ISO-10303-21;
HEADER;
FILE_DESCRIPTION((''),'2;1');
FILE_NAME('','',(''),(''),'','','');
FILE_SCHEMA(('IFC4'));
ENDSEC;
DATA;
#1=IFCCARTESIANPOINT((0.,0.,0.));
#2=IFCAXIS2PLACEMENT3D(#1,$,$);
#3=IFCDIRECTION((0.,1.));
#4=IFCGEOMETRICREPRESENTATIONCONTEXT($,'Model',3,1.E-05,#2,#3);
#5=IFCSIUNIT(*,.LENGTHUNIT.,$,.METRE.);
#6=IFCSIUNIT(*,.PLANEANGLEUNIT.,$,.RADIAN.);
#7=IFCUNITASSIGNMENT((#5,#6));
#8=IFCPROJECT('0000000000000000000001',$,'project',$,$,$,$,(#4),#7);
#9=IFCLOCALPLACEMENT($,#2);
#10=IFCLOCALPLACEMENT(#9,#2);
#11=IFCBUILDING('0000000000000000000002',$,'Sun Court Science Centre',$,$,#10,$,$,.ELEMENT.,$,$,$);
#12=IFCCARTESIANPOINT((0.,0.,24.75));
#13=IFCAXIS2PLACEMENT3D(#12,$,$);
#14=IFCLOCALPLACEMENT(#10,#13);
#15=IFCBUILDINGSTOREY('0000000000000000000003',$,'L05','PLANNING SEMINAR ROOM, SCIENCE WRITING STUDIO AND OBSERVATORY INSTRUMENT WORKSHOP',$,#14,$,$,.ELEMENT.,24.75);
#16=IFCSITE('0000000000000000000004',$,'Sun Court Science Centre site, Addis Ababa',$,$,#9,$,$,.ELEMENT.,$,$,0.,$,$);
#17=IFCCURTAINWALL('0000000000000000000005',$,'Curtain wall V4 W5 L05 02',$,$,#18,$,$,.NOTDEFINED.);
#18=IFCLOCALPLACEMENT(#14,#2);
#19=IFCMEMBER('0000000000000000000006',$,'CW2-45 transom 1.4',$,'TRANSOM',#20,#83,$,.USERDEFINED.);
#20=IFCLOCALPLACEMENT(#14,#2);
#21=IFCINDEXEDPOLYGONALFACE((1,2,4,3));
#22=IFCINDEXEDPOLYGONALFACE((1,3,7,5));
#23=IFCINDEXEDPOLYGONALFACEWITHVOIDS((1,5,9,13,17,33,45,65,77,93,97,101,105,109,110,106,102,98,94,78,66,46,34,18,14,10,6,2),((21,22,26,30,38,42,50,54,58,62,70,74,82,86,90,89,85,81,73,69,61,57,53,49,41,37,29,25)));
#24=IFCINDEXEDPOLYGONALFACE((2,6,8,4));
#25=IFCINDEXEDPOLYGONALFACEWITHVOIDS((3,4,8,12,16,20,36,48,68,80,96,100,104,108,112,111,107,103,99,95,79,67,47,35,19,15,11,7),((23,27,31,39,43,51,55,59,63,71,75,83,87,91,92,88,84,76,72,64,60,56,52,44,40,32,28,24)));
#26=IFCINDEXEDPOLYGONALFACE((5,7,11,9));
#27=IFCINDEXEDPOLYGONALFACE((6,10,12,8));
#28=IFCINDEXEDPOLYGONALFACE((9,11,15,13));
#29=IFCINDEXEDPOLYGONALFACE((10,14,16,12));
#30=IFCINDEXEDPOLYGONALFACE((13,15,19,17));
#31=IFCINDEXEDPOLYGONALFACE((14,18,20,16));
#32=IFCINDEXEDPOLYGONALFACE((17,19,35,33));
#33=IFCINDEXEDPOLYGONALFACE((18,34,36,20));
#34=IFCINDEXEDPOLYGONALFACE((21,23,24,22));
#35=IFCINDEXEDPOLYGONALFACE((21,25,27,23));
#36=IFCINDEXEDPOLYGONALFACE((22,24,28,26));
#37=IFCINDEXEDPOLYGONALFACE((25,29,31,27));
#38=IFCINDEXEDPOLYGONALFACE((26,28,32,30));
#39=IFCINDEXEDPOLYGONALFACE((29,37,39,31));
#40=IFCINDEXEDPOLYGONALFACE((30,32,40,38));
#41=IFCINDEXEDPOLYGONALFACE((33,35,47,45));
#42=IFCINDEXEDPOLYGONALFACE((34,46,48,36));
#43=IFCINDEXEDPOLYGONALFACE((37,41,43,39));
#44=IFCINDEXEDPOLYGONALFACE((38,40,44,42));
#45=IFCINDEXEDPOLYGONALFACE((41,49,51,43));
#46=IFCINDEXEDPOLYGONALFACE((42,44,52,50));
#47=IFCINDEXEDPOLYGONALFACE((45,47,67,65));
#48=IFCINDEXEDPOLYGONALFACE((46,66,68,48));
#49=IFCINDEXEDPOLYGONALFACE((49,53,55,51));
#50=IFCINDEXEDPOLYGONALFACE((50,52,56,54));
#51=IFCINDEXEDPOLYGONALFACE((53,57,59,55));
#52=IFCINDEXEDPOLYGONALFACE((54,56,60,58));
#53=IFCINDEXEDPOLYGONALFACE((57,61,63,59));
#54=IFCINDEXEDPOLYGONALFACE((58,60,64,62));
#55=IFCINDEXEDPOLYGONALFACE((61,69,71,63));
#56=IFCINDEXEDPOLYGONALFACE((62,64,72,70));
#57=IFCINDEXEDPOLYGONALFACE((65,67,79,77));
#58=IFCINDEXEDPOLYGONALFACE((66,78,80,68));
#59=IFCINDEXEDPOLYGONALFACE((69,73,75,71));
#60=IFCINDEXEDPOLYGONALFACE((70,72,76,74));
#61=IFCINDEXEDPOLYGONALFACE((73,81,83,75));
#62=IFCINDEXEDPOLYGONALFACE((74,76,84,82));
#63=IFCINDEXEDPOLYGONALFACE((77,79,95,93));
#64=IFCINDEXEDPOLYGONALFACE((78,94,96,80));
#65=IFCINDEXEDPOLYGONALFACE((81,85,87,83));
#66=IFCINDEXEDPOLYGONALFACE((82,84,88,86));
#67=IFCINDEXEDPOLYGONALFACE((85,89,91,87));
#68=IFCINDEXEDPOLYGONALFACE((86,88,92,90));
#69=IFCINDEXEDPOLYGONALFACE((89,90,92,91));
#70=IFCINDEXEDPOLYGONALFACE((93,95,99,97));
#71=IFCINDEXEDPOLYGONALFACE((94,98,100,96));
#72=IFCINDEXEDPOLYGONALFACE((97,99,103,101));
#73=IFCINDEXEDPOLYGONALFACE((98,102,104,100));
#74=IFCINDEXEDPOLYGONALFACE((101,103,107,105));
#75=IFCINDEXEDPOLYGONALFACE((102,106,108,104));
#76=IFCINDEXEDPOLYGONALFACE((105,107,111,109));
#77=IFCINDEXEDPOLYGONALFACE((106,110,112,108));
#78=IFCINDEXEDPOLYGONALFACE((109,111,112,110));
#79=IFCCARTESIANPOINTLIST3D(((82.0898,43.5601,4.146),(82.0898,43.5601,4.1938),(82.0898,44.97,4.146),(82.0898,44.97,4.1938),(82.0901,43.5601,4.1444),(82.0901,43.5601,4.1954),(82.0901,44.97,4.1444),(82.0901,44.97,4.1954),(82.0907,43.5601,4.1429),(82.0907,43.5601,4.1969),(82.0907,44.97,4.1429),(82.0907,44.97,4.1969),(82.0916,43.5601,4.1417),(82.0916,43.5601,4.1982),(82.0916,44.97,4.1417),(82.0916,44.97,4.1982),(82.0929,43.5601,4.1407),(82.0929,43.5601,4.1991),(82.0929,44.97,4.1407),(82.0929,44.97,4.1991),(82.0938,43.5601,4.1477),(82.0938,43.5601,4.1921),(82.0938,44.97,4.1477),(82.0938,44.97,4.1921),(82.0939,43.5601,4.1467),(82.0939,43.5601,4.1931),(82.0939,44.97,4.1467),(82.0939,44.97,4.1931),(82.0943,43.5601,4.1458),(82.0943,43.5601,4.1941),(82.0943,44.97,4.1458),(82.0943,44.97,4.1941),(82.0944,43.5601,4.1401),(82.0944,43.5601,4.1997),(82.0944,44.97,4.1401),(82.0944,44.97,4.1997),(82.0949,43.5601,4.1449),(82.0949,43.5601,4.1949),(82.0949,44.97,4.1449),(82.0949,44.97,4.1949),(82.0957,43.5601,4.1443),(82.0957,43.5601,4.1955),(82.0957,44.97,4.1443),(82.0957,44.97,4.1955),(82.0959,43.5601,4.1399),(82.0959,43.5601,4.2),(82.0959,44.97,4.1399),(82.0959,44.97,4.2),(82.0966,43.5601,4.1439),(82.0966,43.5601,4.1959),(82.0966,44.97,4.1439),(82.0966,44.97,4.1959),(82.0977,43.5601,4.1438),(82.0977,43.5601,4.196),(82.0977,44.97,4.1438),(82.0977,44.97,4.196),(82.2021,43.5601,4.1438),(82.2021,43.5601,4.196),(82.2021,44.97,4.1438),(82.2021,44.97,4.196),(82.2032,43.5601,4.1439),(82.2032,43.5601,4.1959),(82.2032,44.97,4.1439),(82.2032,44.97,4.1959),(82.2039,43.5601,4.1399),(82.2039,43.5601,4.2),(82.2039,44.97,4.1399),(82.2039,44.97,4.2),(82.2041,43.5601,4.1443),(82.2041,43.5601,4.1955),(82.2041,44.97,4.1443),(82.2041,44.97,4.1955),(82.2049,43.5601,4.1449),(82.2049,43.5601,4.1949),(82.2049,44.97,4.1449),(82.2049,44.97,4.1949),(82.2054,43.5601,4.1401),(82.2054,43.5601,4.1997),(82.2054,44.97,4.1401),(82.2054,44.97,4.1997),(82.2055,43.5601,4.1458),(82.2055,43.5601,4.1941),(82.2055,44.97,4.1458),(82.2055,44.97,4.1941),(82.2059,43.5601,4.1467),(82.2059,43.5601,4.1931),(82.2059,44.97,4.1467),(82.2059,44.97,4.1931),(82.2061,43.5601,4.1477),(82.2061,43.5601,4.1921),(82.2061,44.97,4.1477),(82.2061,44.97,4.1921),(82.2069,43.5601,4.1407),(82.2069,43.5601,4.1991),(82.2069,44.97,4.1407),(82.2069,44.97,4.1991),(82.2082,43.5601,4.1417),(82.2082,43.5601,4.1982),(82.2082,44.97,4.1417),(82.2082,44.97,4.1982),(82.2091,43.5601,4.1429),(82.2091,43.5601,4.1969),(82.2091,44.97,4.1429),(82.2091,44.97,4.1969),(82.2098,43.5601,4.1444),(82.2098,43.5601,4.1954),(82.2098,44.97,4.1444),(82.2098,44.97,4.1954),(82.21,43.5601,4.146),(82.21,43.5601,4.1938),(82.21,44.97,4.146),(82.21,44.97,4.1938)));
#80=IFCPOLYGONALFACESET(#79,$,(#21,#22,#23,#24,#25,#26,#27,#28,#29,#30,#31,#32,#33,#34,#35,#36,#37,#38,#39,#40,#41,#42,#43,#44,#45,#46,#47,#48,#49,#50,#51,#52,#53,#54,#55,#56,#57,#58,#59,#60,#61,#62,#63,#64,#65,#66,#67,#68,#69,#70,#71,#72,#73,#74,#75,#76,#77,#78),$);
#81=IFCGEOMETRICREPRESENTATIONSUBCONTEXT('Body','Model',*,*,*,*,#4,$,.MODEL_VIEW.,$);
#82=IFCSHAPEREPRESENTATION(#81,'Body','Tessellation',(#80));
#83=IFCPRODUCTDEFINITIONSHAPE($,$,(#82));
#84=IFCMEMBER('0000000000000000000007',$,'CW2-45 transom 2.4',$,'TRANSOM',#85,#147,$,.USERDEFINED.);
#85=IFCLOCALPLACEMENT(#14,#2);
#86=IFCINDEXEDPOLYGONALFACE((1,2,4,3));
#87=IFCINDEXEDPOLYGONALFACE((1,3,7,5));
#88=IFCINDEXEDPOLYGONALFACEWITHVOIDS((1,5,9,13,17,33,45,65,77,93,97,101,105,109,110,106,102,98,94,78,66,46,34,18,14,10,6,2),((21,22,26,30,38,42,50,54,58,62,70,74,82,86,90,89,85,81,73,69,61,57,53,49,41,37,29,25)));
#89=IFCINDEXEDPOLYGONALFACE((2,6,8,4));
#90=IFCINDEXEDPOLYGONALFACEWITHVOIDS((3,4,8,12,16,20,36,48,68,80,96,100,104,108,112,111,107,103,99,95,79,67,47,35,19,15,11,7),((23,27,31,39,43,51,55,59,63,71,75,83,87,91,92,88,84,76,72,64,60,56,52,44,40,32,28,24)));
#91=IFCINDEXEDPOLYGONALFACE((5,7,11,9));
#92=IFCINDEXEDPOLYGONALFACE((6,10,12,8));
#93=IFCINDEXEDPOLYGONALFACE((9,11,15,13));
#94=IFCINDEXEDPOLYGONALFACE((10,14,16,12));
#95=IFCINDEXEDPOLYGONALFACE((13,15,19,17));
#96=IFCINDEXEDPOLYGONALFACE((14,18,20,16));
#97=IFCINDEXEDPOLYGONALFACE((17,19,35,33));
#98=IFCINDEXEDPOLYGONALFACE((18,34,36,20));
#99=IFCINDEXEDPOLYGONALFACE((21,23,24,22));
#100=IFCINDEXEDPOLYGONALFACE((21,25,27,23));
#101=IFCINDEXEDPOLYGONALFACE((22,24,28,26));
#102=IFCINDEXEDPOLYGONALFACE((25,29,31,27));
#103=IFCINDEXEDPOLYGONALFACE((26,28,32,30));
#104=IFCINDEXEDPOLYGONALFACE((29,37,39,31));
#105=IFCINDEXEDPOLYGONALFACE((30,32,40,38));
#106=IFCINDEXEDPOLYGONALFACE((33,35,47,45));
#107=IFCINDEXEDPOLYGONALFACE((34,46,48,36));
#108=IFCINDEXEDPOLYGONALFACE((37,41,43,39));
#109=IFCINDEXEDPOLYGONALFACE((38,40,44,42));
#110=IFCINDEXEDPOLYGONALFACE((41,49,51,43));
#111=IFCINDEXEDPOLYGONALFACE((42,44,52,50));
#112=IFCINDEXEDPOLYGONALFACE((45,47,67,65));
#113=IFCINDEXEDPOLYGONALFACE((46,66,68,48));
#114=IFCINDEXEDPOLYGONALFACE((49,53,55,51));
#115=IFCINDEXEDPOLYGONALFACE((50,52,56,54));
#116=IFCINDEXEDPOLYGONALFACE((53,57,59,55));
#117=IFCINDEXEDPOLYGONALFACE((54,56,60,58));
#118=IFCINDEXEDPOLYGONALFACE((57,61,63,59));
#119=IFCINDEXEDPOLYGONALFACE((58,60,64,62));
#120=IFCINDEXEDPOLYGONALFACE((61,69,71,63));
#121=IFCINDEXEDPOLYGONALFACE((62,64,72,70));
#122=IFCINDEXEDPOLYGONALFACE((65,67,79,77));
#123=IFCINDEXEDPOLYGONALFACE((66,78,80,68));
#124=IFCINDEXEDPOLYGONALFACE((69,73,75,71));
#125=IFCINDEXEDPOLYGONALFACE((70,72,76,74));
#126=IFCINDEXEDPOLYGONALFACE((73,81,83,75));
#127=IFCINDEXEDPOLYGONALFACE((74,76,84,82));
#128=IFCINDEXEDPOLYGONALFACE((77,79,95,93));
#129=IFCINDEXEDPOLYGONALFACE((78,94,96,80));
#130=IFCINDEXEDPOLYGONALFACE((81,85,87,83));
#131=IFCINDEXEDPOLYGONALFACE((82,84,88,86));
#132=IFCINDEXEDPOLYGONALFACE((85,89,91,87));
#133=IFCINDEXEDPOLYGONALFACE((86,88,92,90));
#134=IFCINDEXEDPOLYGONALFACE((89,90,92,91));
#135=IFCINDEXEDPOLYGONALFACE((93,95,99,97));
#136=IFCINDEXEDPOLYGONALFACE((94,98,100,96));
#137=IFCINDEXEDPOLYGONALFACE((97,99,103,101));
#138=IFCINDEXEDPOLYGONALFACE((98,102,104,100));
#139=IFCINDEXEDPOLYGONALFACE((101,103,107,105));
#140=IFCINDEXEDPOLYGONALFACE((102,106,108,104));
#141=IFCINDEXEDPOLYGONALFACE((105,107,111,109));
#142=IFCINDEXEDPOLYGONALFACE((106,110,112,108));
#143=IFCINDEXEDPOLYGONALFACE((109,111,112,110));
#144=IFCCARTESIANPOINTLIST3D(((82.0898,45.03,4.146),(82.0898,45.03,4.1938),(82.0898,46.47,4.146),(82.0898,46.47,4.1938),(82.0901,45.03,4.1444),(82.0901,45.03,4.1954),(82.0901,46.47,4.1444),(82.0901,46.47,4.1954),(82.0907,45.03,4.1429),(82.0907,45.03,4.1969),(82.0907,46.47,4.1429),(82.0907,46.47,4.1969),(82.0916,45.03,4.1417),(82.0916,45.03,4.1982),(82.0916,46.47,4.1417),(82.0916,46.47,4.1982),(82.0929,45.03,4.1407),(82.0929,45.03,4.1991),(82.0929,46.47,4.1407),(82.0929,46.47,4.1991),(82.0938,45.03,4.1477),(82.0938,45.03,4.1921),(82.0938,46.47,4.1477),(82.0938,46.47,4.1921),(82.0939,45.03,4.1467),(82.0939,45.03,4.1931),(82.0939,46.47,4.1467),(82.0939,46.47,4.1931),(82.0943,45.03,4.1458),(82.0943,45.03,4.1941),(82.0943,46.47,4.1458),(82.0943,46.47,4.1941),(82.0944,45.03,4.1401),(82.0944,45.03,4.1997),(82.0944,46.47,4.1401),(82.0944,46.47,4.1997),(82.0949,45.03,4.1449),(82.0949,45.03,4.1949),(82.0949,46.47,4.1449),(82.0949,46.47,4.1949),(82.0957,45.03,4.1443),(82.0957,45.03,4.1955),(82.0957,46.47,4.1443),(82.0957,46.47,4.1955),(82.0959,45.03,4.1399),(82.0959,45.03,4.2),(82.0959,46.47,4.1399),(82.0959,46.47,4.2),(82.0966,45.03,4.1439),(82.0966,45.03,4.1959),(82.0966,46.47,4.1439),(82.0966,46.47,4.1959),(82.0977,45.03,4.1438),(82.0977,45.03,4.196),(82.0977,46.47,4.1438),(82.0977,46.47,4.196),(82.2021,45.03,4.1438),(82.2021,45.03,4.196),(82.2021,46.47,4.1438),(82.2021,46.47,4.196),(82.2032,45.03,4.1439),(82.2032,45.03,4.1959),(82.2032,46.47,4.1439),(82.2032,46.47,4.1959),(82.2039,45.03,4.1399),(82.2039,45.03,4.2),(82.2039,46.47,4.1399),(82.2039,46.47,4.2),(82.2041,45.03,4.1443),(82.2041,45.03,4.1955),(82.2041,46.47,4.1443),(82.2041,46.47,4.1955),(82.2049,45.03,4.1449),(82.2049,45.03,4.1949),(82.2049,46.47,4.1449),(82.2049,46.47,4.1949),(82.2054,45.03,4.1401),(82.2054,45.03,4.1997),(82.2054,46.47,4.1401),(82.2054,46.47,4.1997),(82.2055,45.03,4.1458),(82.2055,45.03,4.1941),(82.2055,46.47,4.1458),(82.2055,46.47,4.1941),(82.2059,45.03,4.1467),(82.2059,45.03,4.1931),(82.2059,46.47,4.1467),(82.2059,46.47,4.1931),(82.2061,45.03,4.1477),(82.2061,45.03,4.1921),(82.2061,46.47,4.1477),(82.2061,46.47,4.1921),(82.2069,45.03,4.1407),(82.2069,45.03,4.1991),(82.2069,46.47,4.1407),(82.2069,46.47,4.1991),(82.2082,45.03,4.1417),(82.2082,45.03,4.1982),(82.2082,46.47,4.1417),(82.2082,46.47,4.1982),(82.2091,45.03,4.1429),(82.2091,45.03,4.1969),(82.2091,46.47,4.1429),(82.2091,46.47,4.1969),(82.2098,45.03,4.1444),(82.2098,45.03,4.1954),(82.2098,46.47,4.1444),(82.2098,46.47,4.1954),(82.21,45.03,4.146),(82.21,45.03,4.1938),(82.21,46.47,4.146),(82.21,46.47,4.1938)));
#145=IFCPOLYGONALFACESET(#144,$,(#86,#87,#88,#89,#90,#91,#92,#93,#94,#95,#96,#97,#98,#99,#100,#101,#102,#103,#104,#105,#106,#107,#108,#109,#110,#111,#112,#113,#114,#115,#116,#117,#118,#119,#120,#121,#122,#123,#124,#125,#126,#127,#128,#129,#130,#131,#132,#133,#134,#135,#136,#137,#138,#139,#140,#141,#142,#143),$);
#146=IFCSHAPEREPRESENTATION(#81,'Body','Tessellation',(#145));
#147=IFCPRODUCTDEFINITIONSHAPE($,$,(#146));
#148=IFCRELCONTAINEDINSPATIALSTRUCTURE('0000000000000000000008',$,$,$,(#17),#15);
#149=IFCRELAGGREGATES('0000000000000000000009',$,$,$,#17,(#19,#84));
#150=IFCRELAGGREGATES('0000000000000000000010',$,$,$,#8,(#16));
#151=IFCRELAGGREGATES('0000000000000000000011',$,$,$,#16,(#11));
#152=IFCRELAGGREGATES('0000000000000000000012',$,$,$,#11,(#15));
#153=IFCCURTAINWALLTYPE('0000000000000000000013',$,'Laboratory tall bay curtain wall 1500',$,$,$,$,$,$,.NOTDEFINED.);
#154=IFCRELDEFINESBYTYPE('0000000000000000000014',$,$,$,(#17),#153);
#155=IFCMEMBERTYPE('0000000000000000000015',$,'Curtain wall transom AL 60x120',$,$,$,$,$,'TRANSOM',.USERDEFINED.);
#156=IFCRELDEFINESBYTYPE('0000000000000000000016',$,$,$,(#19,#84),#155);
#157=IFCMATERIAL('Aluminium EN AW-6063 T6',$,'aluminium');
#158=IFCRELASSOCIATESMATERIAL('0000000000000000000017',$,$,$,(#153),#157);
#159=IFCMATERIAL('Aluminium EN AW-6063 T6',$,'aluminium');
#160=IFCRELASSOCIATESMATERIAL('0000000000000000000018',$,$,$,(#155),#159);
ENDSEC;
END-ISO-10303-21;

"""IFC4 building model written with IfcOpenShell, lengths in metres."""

from ifc_helpers import new_model, si_unit, direction, frame, origin, origin_2d, place, context, subcontext, project, spatial, hollow_rectangle, extrude, material, material_profile, profile_set, type_object, element, aggregate, save


model = new_model("IFC4")

# Units and contexts
model_context = context("Model", 3, precision=1e-05, world=origin(), true_north=direction((0.0, 1.0)))
body_context = subcontext(model_context, "Body", "Model", "MODEL_VIEW")
ifc_project = project(units=[si_unit("LENGTHUNIT", "METRE"), si_unit("PLANEANGLEUNIT", "RADIAN")], contexts=[model_context])

# Site, building, storey
site_placement = place(None, origin())
site = spatial("IfcSite", under=ifc_project, at=site_placement, Name="Sun Court Science Centre site, Addis Ababa", CompositionType="ELEMENT", RefElevation=0.0)
building_placement = place(site_placement, origin())
building = spatial("IfcBuilding", under=site, at=building_placement, Name="Sun Court Science Centre", CompositionType="ELEMENT")
storey_placement = place(building_placement, frame((0.0, 0.0, 24.75)))
storey = spatial("IfcBuildingStorey", under=building, at=storey_placement, Name="L05", Description="PLANNING SEMINAR ROOM, SCIENCE WRITING STUDIO AND OBSERVATORY INSTRUMENT WORKSHOP", CompositionType="ELEMENT", Elevation=24.75)

# Curtain wall, members
ifc_material_1 = material(Name="Aluminium EN AW-6063 T6", Category="aluminium")
curtain_wall_type = type_object("IfcCurtainWallType", Name="Laboratory tall bay curtain wall 1500", PredefinedType="NOTDEFINED", material=ifc_material_1)
curtain_wall_placement = place(storey_placement, origin())
curtain_wall = element("IfcCurtainWall", 1, at=curtain_wall_placement, inside=storey, type_object=curtain_wall_type, Name="Curtain wall V4 W5 L05 02", PredefinedType="NOTDEFINED")
ifc_material_2 = material(Name="Aluminium EN AW-6063 T6", Category="aluminium")
ifc_material_profile_1 = material_profile(ifc_material_2, hollow_rectangle(XDim=0.0601, YDim=0.1201, WallThickness=0.0039, InnerFilletRadius=0.0039, OuterFilletRadius=0.0061, at=origin_2d()), Name="AL 60x120x4")
ifc_profile_set_1 = profile_set([ifc_material_profile_1], Name="Aluminium EN AW-6063 T6")
member_type_1 = type_object("IfcMemberType", Name="Curtain wall transom AL 60x120", ElementType="TRANSOM", PredefinedType="USERDEFINED", material=ifc_profile_set_1)
member_1_placement = place(storey_placement, frame((82.1499, 43.5601, 4.1699), z_axis=(0.0, 1.0, 0.0), x_axis=(0.0, 0.0, 1.0)))
member_1 = element("IfcMember", 2, at=member_1_placement, type_object=member_type_1, Name="CW2-45 transom 1.4", ObjectType="TRANSOM", PredefinedType="USERDEFINED", context=body_context, shape_type="SweptSolid", body=[
    extrude(hollow_rectangle(XDim=0.0601, YDim=0.1201, WallThickness=0.0039, InnerFilletRadius=0.0039, OuterFilletRadius=0.0061, at=origin_2d()), origin(), (0.0, 0.0, 1.0), 1.4099),
])
member_2_placement = place(storey_placement, frame((82.1499, 45.03, 4.1699), z_axis=(0.0, 1.0, 0.0), x_axis=(0.0, 0.0, 1.0)))
member_2 = element("IfcMember", 3, at=member_2_placement, type_object=member_type_1, Name="CW2-45 transom 2.4", ObjectType="TRANSOM", PredefinedType="USERDEFINED", context=body_context, shape_type="SweptSolid", body=[
    extrude(hollow_rectangle(XDim=0.0601, YDim=0.1201, WallThickness=0.0039, InnerFilletRadius=0.0039, OuterFilletRadius=0.0061, at=origin_2d()), origin(), (0.0, 0.0, 1.0), 1.4399),
])

aggregate(curtain_wall, [member_1, member_2])

save(model, "model.ifc")
